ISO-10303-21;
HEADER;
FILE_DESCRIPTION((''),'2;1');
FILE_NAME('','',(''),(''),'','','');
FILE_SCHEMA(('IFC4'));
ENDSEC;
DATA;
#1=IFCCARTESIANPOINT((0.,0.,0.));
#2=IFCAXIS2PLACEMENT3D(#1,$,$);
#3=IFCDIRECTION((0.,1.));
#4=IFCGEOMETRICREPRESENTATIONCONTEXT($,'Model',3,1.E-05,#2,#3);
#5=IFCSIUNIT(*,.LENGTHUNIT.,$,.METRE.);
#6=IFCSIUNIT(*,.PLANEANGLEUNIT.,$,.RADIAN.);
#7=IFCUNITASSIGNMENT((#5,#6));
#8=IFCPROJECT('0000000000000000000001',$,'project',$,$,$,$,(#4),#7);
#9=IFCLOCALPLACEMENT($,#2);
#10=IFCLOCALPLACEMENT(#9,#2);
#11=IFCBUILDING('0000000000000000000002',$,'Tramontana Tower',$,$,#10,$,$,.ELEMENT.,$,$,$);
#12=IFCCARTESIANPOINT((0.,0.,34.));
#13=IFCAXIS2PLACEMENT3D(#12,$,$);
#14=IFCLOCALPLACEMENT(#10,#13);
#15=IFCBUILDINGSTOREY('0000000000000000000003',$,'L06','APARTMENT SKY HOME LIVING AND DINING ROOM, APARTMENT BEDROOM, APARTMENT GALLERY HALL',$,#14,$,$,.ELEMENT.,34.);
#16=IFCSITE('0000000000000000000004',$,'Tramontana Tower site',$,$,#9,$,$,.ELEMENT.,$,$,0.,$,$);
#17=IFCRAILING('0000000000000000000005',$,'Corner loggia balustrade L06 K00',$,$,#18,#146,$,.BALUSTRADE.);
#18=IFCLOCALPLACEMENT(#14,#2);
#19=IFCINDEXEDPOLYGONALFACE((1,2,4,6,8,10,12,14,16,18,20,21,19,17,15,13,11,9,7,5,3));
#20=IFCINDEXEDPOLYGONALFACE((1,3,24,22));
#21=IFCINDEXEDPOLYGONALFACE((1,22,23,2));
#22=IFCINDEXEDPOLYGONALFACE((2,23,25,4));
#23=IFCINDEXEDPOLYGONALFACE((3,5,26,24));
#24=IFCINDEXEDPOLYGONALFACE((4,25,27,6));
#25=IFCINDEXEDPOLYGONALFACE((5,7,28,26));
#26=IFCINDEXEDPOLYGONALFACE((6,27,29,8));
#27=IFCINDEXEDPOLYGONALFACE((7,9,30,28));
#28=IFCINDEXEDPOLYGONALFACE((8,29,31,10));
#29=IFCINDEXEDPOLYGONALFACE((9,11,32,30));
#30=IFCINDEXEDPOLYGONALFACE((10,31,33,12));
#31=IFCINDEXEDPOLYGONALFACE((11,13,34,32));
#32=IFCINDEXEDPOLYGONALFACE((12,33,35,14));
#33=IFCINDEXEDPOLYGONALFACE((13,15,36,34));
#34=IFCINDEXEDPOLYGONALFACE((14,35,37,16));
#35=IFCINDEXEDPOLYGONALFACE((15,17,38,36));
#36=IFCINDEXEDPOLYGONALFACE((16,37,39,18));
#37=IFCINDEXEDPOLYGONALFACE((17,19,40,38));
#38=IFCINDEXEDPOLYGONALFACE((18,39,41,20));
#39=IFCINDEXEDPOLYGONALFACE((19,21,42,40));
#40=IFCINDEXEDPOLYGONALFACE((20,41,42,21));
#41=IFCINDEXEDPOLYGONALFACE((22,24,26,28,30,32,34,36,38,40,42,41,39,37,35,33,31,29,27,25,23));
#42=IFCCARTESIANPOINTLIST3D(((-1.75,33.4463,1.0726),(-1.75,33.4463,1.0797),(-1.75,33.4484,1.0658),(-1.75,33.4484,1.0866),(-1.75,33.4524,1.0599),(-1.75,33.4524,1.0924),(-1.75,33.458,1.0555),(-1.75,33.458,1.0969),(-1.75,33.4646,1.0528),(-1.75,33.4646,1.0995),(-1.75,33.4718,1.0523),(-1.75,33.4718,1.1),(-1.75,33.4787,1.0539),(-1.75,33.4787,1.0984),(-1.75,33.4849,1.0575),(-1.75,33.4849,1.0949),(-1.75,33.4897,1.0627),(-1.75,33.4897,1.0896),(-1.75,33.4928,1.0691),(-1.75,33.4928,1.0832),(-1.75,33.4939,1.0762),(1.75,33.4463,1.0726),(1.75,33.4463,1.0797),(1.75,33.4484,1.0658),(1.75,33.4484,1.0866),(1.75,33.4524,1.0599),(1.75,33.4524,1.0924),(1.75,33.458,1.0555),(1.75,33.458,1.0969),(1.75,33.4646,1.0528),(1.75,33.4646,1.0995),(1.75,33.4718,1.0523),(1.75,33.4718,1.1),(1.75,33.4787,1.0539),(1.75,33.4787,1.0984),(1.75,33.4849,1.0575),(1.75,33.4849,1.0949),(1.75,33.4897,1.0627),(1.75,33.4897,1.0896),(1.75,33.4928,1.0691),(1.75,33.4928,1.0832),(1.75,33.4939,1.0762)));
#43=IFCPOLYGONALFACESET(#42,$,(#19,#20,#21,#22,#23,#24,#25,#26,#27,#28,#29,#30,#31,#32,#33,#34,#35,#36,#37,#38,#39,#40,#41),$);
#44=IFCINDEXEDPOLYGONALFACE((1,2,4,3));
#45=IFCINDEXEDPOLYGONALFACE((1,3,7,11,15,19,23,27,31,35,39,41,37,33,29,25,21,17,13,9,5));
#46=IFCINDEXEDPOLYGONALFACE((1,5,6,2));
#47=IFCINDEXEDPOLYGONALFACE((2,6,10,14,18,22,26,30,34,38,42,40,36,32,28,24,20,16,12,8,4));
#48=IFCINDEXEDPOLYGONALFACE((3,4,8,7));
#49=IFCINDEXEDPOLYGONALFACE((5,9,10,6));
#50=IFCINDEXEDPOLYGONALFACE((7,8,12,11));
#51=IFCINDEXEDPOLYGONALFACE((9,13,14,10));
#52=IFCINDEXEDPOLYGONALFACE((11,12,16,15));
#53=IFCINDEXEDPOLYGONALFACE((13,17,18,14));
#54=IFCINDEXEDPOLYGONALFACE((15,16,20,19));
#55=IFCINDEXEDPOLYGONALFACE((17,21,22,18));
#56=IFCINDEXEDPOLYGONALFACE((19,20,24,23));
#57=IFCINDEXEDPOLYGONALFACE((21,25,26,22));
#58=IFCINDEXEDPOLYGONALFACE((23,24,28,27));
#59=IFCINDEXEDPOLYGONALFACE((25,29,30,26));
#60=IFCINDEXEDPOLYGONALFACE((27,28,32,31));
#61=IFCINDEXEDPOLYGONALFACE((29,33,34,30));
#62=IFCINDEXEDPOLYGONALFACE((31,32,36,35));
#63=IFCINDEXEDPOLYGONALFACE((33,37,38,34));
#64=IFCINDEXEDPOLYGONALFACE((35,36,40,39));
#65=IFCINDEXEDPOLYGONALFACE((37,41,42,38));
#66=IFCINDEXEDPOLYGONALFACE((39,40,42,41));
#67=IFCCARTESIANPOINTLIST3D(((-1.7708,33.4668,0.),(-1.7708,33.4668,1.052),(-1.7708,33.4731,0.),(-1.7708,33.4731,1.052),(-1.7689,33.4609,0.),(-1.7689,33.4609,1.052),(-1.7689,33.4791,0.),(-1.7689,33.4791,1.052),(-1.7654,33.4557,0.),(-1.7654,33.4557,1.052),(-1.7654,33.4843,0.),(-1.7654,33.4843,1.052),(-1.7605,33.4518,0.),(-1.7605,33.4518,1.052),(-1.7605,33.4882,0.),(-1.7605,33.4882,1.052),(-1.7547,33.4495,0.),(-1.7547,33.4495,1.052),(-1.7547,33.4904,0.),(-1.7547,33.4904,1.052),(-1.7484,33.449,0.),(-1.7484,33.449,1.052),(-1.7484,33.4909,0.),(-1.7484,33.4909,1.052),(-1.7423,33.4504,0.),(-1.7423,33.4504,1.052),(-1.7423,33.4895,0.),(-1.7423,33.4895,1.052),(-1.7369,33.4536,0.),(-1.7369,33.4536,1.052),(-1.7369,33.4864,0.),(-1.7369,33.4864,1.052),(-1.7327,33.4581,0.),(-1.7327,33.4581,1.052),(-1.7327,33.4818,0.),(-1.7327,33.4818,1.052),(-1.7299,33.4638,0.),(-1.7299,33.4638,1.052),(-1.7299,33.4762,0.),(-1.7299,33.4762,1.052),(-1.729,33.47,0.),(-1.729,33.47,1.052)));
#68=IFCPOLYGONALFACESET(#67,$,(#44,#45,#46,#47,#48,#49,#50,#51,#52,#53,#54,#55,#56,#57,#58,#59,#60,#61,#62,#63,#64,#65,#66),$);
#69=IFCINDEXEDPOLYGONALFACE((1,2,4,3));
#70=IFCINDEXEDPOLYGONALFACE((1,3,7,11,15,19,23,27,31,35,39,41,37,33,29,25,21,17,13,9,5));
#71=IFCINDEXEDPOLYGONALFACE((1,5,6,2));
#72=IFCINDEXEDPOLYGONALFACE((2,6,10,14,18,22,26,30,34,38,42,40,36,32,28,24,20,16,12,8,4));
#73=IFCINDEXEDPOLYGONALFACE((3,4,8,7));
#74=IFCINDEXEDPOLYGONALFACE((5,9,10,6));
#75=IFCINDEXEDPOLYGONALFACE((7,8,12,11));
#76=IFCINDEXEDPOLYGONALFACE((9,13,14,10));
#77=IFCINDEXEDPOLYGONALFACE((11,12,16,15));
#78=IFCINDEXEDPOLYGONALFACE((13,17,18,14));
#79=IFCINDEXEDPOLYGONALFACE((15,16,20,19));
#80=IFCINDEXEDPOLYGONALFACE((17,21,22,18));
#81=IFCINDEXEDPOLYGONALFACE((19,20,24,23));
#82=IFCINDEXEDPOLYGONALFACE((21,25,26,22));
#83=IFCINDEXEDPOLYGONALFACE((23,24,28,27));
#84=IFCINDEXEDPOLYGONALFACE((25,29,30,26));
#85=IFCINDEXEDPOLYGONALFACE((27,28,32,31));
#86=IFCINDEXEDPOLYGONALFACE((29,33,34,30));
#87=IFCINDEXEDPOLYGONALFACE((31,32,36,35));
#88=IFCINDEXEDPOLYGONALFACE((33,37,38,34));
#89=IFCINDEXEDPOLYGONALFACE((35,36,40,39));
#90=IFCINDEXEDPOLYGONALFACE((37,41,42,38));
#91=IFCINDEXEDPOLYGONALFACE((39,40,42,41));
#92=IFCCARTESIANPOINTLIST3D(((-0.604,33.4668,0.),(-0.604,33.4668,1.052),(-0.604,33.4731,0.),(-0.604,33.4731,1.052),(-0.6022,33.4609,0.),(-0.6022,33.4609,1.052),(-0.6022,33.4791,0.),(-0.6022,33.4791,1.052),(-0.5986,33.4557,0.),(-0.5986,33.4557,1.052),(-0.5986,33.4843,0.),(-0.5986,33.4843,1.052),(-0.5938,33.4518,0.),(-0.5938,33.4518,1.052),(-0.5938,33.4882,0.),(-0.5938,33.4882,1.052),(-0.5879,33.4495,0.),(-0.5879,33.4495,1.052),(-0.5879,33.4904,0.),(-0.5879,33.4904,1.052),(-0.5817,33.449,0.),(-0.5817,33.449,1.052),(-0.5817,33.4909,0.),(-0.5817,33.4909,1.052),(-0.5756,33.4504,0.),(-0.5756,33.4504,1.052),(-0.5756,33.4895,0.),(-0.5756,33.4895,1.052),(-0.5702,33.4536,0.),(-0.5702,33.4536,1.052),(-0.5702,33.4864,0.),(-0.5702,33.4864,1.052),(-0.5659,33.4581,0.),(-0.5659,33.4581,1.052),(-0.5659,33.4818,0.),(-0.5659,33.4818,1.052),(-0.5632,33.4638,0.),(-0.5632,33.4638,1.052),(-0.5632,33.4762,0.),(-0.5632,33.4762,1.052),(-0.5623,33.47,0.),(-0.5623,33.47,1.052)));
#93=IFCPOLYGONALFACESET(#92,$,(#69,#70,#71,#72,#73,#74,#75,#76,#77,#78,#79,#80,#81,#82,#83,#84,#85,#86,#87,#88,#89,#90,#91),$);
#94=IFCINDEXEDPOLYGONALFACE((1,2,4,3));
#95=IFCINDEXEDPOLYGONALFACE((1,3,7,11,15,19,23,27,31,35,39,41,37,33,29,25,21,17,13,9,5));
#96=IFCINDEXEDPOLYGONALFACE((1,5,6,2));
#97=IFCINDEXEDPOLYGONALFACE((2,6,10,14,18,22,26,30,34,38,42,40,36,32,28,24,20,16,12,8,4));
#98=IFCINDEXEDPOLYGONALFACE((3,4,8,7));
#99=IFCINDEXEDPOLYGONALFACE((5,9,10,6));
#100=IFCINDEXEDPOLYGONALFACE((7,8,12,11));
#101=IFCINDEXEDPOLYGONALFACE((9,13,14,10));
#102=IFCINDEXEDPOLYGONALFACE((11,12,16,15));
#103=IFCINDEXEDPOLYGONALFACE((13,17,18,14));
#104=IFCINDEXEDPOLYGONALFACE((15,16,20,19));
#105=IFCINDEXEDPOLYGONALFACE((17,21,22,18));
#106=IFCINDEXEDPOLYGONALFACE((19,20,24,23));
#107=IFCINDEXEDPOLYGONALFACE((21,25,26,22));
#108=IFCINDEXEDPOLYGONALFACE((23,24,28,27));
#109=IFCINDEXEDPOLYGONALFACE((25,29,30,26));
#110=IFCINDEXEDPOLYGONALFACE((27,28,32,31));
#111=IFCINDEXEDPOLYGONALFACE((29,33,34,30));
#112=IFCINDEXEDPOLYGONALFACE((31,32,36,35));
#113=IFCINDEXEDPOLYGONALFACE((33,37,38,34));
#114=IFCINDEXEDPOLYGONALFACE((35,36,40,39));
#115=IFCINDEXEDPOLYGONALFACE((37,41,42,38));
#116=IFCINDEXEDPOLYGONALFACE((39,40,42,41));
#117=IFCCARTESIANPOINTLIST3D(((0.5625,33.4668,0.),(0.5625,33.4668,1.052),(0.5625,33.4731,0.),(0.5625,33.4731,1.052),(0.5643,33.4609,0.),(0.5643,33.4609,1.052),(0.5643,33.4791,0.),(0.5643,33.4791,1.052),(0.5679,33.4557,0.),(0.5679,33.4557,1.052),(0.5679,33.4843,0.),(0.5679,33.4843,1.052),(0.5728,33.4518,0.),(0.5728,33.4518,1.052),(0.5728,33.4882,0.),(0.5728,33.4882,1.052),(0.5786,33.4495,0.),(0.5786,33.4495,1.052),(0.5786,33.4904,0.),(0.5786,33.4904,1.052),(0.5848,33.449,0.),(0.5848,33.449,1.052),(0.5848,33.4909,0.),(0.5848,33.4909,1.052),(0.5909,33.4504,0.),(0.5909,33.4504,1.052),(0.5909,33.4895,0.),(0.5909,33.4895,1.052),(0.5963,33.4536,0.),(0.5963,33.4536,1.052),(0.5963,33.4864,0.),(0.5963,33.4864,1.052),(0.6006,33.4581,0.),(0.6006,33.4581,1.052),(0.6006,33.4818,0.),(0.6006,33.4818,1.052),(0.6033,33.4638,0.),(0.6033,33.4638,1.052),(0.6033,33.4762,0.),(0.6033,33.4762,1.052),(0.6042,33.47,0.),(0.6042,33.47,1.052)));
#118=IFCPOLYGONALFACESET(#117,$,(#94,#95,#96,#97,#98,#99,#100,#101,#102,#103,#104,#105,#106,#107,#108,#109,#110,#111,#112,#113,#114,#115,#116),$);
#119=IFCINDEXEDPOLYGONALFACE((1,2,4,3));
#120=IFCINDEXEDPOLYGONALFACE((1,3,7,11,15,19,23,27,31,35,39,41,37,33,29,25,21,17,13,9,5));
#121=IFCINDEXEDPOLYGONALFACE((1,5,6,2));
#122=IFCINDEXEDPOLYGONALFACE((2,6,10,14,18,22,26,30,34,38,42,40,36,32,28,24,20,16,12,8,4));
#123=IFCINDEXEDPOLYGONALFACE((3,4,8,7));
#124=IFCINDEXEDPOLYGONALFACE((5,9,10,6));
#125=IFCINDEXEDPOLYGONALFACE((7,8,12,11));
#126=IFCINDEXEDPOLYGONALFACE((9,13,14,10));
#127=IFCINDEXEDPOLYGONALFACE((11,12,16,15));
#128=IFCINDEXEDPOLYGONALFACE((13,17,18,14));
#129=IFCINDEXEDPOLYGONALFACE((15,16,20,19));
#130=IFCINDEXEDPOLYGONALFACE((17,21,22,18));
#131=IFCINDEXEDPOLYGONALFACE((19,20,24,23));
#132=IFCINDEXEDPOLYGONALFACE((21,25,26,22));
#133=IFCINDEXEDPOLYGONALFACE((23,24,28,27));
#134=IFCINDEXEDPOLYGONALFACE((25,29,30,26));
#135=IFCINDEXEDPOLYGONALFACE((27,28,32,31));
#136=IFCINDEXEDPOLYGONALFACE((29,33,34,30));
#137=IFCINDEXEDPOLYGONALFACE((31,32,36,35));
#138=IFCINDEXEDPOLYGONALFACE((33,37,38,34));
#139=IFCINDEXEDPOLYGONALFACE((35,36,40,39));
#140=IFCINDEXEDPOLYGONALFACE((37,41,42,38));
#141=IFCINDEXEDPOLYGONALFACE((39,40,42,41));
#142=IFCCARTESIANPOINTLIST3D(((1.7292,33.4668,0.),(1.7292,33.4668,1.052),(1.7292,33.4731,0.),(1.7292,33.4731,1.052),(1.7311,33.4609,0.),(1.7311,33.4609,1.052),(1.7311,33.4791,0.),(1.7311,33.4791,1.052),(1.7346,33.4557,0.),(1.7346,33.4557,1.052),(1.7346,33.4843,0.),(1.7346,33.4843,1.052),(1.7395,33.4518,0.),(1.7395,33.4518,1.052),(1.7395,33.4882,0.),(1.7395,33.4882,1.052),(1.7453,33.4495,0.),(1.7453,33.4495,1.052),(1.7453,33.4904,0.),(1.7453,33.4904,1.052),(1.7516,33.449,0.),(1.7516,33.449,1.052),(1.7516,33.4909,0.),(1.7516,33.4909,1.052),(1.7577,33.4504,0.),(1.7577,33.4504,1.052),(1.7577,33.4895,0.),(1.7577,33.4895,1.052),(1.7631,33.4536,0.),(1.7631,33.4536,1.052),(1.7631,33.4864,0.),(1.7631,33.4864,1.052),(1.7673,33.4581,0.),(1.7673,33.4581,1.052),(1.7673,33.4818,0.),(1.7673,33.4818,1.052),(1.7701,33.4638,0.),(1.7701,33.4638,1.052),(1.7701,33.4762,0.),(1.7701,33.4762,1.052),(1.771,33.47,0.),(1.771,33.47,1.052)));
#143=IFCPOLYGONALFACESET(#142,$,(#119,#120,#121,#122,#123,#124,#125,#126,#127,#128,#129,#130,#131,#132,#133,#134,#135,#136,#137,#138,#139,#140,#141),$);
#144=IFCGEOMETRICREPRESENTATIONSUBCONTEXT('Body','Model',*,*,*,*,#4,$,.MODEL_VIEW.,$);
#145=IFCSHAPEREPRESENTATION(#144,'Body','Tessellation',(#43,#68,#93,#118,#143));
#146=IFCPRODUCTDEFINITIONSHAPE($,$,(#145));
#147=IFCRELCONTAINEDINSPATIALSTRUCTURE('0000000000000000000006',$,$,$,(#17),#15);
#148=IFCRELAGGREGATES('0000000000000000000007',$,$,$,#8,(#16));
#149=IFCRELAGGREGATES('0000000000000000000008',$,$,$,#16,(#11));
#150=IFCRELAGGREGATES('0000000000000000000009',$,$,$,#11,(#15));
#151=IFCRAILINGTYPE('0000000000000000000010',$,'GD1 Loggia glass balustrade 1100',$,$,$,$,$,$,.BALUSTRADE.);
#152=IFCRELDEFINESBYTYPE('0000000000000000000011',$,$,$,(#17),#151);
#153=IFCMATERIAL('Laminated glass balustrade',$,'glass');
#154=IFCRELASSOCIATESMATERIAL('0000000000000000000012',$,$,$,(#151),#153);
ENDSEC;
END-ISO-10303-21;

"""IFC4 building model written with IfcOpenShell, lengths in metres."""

from ifc_helpers import new_model, si_unit, direction, frame, origin, origin_2d, place, context, subcontext, project, spatial, circle, extrude, material, type_object, element, save


model = new_model("IFC4")

# Units and contexts
model_context = context("Model", 3, precision=1e-05, world=origin(), true_north=direction((0.0, 1.0)))
body_context = subcontext(model_context, "Body", "Model", "MODEL_VIEW")
ifc_project = project(units=[si_unit("LENGTHUNIT", "METRE"), si_unit("PLANEANGLEUNIT", "RADIAN")], contexts=[model_context])

# Site, building, storey
site_placement = place(None, origin())
site = spatial("IfcSite", under=ifc_project, at=site_placement, Name="Tramontana Tower site", CompositionType="ELEMENT", RefElevation=0.0)
building_placement = place(site_placement, origin())
building = spatial("IfcBuilding", under=site, at=building_placement, Name="Tramontana Tower", CompositionType="ELEMENT")
storey_placement = place(building_placement, frame((0.0, 0.0, 34.0)))
storey = spatial("IfcBuildingStorey", under=building, at=storey_placement, Name="L06", Description="APARTMENT SKY HOME LIVING AND DINING ROOM, APARTMENT BEDROOM, APARTMENT GALLERY HALL", CompositionType="ELEMENT", Elevation=34.0)

# Railing
ifc_material_1 = material(Name="Laminated glass balustrade", Category="glass")
railing_type = type_object("IfcRailingType", Name="GD1 Loggia glass balustrade 1100", PredefinedType="BALUSTRADE", material=ifc_material_1)
railing_1_placement = place(storey_placement, frame((-1.75, 33.47, 0.0)))
element("IfcRailing", 1, at=railing_1_placement, inside=storey, type_object=railing_type, Name="Corner loggia balustrade L06 K00", PredefinedType="BALUSTRADE", context=body_context, shape_type="SweptSolid", body=[
    extrude(circle(Radius=0.0239, at=origin_2d()), frame((0.0, 0.0, 1.0762), z_axis=(1.0, 0.0, 0.0), x_axis=(0.0, 1.0, 0.0)), (0.0, 0.0, 1.0), 3.5),
    extrude(circle(Radius=0.021, at=origin_2d()), origin(), (0.0, 0.0, 1.0), 1.052),
    extrude(circle(Radius=0.021, at=origin_2d()), frame((1.1667, 0.0, 0.0)), (0.0, 0.0, 1.0), 1.052),
    extrude(circle(Radius=0.021, at=origin_2d()), frame((2.3333, 0.0, 0.0)), (0.0, 0.0, 1.0), 1.052),
    extrude(circle(Radius=0.021, at=origin_2d()), frame((3.5, 0.0, 0.0)), (0.0, 0.0, 1.0), 1.052),
])

save(model, "model.ifc")
